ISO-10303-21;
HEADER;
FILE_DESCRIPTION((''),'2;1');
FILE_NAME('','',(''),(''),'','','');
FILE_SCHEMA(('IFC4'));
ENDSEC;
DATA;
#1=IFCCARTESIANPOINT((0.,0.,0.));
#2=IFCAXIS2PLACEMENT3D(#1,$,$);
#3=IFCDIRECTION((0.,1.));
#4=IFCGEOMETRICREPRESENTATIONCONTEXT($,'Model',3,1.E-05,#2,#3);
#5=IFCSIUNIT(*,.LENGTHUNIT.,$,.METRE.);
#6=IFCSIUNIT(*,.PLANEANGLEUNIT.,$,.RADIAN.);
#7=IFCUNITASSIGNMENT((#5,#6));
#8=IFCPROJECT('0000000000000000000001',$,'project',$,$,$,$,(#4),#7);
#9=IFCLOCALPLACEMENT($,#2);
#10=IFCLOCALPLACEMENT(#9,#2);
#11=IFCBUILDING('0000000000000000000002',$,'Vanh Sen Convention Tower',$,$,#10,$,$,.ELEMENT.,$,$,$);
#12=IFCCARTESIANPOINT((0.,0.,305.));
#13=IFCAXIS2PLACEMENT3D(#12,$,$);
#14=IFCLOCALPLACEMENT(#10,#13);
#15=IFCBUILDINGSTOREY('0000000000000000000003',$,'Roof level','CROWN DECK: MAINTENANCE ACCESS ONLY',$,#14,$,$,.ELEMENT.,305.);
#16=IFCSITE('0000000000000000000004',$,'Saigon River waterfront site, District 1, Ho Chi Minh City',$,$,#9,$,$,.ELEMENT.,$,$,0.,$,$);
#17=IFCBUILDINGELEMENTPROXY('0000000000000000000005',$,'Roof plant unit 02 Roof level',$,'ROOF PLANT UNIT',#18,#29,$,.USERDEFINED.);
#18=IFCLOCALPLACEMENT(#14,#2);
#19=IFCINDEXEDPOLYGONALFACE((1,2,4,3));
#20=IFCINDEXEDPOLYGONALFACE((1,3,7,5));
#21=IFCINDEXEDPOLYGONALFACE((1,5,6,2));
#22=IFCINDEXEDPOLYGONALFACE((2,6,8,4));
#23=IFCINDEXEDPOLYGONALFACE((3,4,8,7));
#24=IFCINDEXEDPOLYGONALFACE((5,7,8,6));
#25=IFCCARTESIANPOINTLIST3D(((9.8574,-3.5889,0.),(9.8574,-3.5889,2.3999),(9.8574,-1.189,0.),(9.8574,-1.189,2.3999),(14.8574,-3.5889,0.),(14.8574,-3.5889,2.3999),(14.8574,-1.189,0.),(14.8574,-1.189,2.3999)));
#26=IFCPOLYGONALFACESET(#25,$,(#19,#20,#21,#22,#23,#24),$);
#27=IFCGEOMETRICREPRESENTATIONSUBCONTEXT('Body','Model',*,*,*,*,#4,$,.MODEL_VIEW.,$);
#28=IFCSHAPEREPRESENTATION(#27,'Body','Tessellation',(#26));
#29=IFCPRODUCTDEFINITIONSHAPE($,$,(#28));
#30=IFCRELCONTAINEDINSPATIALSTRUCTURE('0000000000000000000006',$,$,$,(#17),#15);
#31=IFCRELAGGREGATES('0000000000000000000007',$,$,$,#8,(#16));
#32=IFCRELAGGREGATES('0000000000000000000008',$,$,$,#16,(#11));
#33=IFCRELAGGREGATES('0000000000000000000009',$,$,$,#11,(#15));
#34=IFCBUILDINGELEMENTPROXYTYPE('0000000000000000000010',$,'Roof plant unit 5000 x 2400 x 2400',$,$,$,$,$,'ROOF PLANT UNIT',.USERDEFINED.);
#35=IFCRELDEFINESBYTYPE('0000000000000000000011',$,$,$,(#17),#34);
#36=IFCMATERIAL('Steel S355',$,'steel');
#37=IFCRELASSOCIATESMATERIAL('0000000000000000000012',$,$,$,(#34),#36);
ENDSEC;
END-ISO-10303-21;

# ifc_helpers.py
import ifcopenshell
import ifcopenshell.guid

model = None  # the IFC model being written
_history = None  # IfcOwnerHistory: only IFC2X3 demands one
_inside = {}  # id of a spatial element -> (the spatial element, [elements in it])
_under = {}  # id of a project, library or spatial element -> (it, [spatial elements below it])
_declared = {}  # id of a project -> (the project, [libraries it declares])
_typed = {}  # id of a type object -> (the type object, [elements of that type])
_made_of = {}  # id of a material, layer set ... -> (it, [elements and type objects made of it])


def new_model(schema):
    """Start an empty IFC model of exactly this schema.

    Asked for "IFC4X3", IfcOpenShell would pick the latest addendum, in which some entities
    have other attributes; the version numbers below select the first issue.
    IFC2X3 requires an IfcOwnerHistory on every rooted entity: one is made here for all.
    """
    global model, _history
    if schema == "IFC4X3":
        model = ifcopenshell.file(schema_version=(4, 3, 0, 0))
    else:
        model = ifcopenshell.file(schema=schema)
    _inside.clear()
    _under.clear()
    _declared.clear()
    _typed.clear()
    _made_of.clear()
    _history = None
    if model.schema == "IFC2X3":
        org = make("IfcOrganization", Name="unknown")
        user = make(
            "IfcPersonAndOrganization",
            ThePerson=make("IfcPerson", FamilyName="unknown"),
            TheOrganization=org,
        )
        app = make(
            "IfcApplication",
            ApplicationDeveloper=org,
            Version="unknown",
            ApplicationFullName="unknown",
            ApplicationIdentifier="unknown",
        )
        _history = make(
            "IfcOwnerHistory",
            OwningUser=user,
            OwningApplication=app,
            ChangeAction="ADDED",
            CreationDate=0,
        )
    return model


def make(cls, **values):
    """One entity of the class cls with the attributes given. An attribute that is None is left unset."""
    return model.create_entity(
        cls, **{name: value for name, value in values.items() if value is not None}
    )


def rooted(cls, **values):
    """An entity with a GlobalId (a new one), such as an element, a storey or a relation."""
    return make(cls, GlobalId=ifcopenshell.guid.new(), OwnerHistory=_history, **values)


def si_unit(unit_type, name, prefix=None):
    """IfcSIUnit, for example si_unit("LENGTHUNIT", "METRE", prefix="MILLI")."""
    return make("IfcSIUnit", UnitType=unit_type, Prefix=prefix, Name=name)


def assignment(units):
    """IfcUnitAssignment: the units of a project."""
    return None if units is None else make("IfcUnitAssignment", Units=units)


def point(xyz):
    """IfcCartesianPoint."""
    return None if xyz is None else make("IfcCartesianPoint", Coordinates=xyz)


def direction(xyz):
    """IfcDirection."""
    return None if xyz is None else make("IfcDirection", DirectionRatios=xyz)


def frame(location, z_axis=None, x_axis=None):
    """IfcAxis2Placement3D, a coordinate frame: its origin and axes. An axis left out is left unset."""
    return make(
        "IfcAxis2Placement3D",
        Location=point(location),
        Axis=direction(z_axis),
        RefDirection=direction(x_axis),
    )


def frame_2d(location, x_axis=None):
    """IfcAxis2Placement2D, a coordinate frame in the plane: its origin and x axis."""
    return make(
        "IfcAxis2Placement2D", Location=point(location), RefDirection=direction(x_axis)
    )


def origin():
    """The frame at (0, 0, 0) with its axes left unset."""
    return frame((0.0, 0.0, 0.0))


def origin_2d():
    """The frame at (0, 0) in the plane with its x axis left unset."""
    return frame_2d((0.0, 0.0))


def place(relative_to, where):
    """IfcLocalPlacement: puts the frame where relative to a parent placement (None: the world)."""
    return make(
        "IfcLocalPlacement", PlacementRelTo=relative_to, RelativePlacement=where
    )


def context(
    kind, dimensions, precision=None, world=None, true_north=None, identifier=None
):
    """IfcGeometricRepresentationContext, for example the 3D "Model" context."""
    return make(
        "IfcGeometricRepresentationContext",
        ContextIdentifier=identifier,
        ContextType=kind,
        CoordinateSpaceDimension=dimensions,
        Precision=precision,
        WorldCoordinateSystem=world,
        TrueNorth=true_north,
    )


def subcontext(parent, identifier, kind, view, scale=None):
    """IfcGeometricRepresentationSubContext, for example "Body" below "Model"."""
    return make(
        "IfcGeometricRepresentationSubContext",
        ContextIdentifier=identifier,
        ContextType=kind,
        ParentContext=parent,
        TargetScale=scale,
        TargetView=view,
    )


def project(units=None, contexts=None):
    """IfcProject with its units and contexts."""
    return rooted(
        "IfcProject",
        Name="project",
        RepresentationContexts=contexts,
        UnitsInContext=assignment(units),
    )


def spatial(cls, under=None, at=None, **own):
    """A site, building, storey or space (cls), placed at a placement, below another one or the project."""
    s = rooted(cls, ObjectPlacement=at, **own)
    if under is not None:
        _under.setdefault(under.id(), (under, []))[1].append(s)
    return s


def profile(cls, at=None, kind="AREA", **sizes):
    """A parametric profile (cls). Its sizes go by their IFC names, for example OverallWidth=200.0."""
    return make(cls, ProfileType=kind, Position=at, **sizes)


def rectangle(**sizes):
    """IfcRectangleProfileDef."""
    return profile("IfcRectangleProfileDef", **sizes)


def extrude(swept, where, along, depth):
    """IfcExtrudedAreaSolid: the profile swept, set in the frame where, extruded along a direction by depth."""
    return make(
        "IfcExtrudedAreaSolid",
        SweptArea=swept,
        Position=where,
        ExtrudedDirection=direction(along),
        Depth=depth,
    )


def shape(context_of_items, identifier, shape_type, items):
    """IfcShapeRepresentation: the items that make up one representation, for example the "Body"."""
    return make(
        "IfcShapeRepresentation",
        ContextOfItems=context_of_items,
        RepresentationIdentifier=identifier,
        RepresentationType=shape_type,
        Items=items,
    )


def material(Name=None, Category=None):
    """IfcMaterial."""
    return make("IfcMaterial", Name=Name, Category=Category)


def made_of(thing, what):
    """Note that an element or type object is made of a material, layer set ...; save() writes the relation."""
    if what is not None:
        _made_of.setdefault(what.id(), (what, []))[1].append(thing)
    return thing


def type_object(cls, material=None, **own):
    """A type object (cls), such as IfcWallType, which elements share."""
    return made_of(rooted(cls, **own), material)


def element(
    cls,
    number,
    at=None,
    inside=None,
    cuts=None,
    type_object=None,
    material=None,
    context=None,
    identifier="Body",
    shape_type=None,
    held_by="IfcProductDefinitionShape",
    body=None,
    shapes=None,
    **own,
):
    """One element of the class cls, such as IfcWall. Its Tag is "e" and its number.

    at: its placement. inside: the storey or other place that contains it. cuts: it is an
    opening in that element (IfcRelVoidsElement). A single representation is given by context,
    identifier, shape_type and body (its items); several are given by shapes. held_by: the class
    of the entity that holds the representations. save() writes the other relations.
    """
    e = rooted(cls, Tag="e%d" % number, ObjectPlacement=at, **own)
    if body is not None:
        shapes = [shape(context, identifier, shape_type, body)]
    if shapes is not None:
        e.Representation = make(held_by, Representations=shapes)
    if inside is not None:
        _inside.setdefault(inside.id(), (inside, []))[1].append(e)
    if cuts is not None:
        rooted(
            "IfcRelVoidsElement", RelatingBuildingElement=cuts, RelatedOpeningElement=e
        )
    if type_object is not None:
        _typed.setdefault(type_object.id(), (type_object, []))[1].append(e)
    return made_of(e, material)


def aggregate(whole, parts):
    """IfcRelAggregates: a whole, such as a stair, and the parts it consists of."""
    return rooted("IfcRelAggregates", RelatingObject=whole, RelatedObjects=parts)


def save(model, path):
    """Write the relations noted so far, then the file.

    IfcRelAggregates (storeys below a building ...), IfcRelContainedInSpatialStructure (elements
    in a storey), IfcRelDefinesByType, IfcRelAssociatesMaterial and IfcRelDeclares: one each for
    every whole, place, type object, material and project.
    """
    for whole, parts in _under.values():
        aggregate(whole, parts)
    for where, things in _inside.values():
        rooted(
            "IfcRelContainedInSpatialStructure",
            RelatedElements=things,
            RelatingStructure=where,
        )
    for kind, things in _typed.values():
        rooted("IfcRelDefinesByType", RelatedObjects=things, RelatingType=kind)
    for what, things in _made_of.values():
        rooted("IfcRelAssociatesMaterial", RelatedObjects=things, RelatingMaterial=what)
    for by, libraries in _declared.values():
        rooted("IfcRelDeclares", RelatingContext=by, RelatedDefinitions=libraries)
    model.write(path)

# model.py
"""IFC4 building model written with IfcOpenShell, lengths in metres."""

from ifc_helpers import new_model, si_unit, direction, frame, origin, origin_2d, place, context, subcontext, project, spatial, rectangle, extrude, material, type_object, element, save


model = new_model("IFC4")

# Units and contexts
model_context = context("Model", 3, precision=1e-05, world=origin(), true_north=direction((0.0, 1.0)))
body_context = subcontext(model_context, "Body", "Model", "MODEL_VIEW")
ifc_project = project(units=[si_unit("LENGTHUNIT", "METRE"), si_unit("PLANEANGLEUNIT", "RADIAN")], contexts=[model_context])

# Site, building, storey
site_placement = place(None, origin())
site = spatial("IfcSite", under=ifc_project, at=site_placement, Name="Saigon River waterfront site, District 1, Ho Chi Minh City", CompositionType="ELEMENT", RefElevation=0.0)
building_placement = place(site_placement, origin())
building = spatial("IfcBuilding", under=site, at=building_placement, Name="Vanh Sen Convention Tower", CompositionType="ELEMENT")
storey_placement = place(building_placement, frame((0.0, 0.0, 305.0)))
storey = spatial("IfcBuildingStorey", under=building, at=storey_placement, Name="Roof level", Description="CROWN DECK: MAINTENANCE ACCESS ONLY", CompositionType="ELEMENT", Elevation=305.0)

# Building element proxy
ifc_material_1 = material(Name="Steel S355", Category="steel")
building_element_proxy_type = type_object("IfcBuildingElementProxyType", Name="Roof plant unit 5000 x 2400 x 2400", ElementType="ROOF PLANT UNIT", PredefinedType="USERDEFINED", material=ifc_material_1)
proxy_placement = place(storey_placement, frame((12.3574, -2.3889, 0.0), z_axis=(0.0, 0.0, 1.0), x_axis=(1.0, 0.0, 0.0)))
element("IfcBuildingElementProxy", 1, at=proxy_placement, inside=storey, type_object=building_element_proxy_type, Name="Roof plant unit 02 Roof level", ObjectType="ROOF PLANT UNIT", PredefinedType="USERDEFINED", context=body_context, shape_type="SweptSolid", body=[
    extrude(rectangle(XDim=5.0, YDim=2.3999, at=origin_2d()), origin(), (0.0, 0.0, 1.0), 2.3999),
])

save(model, "model.ifc")
